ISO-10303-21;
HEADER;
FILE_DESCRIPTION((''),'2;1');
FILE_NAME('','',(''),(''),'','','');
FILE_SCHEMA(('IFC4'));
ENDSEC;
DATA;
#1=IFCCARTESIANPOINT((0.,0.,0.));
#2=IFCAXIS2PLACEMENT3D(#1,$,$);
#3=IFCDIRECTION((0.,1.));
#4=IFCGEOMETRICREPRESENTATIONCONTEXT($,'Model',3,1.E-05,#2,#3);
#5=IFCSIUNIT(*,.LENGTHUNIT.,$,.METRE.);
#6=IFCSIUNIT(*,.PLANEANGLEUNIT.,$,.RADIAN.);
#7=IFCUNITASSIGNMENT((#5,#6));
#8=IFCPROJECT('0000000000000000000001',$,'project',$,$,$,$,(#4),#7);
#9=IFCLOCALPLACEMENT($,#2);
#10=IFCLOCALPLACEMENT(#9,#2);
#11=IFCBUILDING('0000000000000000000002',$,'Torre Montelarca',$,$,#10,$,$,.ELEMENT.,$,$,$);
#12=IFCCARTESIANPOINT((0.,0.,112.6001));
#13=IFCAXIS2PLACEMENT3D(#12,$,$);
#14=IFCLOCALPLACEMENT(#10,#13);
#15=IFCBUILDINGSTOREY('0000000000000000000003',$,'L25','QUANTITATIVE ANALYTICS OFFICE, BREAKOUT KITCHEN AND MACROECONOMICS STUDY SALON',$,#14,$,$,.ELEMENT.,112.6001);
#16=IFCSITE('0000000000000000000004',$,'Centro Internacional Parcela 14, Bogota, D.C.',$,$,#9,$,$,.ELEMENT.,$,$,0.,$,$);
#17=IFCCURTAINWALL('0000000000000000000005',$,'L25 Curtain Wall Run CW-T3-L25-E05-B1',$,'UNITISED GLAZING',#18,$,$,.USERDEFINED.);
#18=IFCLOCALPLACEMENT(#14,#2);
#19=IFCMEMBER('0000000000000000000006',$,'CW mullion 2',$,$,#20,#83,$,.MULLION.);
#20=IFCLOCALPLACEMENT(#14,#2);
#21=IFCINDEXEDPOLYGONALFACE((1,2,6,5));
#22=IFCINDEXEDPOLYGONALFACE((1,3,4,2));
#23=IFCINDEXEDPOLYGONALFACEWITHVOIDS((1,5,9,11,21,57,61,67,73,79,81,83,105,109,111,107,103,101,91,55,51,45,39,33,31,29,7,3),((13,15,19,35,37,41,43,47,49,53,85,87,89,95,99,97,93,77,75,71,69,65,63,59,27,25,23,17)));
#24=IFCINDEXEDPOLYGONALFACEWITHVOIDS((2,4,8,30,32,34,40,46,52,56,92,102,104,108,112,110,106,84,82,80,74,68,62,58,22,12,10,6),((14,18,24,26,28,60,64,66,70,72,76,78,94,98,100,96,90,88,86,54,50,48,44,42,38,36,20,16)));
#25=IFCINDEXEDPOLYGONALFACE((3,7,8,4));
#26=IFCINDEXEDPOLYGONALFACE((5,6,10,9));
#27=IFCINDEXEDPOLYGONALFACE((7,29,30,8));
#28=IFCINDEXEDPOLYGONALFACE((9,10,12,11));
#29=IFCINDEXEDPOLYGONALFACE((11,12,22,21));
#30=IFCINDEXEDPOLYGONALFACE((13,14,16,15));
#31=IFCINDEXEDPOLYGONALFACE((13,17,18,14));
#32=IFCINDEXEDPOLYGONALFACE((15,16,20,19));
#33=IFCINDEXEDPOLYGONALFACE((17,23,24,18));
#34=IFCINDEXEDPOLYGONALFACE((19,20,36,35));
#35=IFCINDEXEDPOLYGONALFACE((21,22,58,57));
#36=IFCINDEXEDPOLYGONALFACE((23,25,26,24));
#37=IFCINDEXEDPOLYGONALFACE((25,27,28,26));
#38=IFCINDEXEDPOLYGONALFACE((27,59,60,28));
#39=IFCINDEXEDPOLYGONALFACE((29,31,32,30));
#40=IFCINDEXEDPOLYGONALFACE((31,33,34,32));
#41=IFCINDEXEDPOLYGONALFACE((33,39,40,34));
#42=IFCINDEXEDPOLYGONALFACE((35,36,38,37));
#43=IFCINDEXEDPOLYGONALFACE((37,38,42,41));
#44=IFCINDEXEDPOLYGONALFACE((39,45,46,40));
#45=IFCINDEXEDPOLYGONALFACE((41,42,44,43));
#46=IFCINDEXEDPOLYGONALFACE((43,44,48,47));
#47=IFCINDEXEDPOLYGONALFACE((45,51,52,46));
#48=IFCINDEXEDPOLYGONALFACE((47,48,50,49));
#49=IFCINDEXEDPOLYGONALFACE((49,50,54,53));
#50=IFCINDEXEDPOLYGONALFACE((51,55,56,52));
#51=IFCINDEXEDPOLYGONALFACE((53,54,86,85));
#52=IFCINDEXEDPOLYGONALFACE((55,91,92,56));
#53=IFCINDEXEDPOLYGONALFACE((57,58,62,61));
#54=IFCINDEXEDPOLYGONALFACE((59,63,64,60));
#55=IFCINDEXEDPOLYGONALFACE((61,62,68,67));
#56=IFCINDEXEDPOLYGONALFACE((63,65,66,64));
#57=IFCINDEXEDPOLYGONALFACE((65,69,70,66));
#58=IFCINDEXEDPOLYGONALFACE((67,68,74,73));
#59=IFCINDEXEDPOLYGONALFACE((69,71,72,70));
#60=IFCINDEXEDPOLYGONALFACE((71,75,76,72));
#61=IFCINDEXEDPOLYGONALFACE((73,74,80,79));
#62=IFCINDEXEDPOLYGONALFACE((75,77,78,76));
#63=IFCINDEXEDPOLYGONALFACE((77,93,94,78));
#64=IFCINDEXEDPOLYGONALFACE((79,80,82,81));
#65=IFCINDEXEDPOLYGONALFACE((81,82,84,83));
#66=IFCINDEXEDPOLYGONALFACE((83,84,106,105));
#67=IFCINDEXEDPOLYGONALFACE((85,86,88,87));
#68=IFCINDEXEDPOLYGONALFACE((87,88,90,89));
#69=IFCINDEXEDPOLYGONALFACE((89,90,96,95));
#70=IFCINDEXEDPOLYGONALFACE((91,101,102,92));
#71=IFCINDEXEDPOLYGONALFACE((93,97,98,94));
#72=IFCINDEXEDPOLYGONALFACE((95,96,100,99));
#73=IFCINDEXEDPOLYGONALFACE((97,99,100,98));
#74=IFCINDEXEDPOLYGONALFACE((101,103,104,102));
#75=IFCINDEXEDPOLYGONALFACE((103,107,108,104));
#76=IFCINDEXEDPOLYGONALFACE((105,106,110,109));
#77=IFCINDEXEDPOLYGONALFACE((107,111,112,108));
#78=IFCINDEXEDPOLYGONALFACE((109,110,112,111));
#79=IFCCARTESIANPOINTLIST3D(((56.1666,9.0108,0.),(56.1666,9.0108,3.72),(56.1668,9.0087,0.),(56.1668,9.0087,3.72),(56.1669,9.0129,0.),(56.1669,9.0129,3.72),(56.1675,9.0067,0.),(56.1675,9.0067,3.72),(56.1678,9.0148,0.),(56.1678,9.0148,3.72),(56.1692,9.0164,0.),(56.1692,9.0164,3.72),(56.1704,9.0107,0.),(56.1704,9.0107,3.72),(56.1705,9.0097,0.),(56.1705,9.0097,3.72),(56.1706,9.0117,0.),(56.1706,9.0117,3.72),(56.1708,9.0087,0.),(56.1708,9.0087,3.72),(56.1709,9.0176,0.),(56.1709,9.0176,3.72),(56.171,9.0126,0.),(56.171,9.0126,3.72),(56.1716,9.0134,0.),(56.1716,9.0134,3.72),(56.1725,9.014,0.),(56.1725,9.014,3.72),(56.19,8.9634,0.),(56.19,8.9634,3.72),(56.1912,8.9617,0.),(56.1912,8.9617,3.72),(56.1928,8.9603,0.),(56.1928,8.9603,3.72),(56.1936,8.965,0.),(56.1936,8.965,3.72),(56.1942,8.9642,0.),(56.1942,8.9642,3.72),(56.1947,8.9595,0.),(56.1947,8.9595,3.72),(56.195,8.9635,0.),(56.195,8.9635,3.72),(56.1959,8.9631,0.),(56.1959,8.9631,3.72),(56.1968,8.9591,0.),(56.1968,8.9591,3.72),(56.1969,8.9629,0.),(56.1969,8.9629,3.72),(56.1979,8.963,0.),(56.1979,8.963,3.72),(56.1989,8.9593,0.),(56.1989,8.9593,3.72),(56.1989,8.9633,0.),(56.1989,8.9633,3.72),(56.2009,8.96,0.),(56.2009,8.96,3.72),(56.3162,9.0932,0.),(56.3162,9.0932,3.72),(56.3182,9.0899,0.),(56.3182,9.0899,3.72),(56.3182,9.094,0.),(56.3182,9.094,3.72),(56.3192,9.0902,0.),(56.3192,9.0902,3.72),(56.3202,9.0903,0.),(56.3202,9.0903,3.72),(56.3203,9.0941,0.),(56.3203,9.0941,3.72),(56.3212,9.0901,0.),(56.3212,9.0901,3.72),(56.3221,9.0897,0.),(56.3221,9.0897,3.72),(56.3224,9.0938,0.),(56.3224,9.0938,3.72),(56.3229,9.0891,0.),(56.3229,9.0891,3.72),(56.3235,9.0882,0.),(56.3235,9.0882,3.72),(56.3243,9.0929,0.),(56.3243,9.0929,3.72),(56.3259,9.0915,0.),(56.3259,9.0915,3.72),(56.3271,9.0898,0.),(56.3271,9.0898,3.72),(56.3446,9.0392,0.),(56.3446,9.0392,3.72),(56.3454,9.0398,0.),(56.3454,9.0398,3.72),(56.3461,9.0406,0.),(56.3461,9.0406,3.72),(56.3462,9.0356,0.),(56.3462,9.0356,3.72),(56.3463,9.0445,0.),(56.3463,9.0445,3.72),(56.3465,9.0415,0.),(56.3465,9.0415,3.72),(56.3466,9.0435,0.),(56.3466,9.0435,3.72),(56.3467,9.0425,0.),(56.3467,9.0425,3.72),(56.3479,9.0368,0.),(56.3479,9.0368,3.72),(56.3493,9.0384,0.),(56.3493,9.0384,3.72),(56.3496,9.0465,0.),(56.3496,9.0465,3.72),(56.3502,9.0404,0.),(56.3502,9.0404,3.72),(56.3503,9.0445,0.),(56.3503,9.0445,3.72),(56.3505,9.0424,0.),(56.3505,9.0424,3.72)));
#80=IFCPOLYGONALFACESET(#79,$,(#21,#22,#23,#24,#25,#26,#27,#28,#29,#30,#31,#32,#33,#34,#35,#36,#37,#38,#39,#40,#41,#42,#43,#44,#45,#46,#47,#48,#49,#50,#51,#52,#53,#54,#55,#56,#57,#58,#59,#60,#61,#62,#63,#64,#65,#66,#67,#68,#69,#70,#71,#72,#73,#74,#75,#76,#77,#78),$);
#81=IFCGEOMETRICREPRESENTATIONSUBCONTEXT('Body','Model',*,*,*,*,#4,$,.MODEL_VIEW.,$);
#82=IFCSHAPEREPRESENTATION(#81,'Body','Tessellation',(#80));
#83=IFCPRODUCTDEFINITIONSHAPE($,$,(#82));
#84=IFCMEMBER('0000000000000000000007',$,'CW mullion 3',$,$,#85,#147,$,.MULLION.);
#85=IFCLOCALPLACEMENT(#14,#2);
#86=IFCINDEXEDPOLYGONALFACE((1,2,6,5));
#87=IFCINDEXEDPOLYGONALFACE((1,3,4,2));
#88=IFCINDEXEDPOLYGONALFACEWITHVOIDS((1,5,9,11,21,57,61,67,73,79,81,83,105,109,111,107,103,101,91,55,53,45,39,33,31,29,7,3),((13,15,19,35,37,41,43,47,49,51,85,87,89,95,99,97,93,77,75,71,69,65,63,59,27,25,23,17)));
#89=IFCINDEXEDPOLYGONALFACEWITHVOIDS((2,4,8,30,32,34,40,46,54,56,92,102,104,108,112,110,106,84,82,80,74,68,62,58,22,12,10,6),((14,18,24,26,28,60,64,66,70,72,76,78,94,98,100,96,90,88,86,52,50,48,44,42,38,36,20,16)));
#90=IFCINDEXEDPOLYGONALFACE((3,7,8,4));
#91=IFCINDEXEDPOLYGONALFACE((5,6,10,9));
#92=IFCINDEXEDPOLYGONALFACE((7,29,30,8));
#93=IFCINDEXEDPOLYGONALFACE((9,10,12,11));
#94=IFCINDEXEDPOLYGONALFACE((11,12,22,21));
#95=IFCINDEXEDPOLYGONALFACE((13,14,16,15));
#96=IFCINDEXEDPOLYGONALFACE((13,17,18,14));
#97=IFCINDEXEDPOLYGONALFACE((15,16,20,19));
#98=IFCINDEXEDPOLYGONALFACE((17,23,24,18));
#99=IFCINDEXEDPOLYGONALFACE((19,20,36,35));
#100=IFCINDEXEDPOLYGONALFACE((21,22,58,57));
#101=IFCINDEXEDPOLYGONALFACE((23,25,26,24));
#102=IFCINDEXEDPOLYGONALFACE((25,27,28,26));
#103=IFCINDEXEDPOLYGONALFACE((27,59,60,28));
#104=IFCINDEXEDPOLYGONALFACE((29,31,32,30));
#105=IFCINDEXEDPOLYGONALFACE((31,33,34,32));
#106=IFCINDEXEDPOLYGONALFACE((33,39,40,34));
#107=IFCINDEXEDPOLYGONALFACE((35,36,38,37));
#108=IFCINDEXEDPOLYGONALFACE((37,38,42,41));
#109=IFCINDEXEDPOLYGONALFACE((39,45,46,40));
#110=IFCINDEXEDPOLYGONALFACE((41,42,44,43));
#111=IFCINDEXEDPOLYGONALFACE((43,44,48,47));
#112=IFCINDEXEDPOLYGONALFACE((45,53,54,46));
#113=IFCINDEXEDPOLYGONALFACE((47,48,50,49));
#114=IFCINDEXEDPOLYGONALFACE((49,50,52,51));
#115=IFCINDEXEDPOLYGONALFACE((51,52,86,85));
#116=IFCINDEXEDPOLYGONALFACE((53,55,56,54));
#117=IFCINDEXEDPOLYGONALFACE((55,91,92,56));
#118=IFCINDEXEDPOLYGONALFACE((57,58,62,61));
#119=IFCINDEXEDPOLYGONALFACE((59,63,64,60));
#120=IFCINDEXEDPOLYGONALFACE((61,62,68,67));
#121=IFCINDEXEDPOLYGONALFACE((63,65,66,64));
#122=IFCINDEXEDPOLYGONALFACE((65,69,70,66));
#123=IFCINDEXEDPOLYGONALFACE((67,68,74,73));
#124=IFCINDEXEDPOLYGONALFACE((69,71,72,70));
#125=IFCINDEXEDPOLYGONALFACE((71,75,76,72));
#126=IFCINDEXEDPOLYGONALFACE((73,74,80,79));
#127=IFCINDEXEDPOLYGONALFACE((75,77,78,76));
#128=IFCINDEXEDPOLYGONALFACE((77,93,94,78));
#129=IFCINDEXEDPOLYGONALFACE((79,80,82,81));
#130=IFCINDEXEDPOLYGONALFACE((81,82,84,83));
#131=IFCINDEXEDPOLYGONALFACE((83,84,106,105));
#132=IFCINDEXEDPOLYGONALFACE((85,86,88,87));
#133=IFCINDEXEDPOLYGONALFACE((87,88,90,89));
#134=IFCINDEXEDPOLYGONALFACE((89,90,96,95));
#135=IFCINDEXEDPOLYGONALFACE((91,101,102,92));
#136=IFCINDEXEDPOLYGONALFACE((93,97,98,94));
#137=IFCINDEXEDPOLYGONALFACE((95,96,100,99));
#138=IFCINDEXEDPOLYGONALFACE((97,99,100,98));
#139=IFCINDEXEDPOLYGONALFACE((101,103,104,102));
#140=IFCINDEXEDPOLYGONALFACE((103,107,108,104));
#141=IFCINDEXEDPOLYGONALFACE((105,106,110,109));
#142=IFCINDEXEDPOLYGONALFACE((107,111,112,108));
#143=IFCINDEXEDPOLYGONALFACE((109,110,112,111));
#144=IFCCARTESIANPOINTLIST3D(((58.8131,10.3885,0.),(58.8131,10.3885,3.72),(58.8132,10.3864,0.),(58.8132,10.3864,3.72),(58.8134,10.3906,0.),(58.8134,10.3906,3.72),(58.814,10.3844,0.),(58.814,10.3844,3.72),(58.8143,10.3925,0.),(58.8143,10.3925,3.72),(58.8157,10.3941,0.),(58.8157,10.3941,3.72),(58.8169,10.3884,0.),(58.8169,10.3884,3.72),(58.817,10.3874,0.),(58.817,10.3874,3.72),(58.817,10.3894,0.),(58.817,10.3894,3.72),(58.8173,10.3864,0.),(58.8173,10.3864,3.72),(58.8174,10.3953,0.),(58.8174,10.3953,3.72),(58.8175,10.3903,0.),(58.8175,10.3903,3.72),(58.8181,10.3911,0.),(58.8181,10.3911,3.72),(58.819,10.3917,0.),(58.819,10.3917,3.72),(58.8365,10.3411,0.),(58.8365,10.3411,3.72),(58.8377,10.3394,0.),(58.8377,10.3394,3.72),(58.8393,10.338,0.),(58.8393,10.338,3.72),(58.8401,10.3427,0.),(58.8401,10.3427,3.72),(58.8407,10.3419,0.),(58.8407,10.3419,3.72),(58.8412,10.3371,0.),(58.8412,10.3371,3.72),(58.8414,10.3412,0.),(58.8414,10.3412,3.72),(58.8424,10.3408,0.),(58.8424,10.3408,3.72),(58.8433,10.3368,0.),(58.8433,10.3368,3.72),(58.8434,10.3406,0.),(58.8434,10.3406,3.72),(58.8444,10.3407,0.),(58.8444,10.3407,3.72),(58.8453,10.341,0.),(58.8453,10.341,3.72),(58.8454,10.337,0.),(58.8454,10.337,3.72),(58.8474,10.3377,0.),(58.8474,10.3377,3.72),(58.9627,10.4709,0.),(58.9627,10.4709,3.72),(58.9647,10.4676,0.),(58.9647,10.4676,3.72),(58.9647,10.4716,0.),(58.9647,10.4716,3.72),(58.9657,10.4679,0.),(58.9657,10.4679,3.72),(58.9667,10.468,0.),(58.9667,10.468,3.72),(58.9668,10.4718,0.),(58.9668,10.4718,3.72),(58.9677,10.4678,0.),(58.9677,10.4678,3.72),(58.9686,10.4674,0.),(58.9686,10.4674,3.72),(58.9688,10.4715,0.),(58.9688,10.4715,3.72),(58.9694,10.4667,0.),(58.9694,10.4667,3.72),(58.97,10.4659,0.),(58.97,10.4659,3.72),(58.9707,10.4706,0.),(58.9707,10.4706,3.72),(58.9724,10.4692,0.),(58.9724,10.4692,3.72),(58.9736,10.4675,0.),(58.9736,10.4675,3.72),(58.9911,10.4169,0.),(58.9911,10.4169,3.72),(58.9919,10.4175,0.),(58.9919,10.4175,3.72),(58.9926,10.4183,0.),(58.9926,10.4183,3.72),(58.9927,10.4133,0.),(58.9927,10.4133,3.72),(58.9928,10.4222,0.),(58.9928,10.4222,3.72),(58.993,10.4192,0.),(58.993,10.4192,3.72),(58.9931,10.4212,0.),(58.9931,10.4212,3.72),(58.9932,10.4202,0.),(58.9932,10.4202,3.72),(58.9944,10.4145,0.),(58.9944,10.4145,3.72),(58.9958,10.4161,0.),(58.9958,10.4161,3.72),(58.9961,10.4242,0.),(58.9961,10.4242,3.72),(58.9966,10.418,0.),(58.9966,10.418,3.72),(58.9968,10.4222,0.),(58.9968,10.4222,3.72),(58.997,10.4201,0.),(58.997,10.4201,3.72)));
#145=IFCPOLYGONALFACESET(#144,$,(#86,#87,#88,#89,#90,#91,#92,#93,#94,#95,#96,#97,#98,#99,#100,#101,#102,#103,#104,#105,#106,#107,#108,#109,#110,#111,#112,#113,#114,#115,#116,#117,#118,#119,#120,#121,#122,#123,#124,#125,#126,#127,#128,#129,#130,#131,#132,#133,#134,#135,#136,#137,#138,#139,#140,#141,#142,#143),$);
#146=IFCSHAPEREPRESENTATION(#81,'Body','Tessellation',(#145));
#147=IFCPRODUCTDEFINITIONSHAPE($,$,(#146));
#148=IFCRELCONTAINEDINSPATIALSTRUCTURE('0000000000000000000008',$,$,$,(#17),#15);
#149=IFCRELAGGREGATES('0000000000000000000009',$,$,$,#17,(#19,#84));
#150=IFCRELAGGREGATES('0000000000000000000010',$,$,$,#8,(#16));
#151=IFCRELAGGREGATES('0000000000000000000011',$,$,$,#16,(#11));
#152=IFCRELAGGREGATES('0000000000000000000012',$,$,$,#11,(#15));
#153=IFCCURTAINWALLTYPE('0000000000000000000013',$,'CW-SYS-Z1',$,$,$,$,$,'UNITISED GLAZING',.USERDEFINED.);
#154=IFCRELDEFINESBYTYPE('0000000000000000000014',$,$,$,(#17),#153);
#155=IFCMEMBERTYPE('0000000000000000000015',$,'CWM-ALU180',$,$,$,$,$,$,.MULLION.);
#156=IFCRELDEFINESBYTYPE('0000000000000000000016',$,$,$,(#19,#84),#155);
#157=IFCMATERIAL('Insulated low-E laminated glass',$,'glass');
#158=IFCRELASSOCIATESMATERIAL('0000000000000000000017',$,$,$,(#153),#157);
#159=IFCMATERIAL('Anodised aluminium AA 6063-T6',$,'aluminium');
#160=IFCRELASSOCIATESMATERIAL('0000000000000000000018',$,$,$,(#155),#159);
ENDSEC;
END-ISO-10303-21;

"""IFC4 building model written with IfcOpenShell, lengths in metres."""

from ifc_helpers import new_model, si_unit, direction, frame, origin, origin_2d, place, context, subcontext, project, spatial, hollow_rectangle, extrude, source, transform, mapped, material, material_profile, profile_set, type_object, element, aggregate, save


model = new_model("IFC4")

# Units and contexts
model_context = context("Model", 3, precision=1e-05, world=origin(), true_north=direction((0.0, 1.0)))
body_context = subcontext(model_context, "Body", "Model", "MODEL_VIEW")
ifc_project = project(units=[si_unit("LENGTHUNIT", "METRE"), si_unit("PLANEANGLEUNIT", "RADIAN")], contexts=[model_context])

# Site, building, storey
site_placement = place(None, origin())
site = spatial("IfcSite", under=ifc_project, at=site_placement, Name="Centro Internacional Parcela 14, Bogota, D.C.", CompositionType="ELEMENT", RefElevation=0.0)
building_placement = place(site_placement, origin())
building = spatial("IfcBuilding", under=site, at=building_placement, Name="Torre Montelarca", CompositionType="ELEMENT")
storey_placement = place(building_placement, frame((0.0, 0.0, 112.6001)))
storey = spatial("IfcBuildingStorey", under=building, at=storey_placement, Name="L25", Description="QUANTITATIVE ANALYTICS OFFICE, BREAKOUT KITCHEN AND MACROECONOMICS STUDY SALON", CompositionType="ELEMENT", Elevation=112.6001)

# Curtain wall
ifc_material_1 = material(Name="Insulated low-E laminated glass", Category="glass")
curtain_wall_type = type_object("IfcCurtainWallType", Name="CW-SYS-Z1", ElementType="UNITISED GLAZING", PredefinedType="USERDEFINED", material=ifc_material_1)
ifc_material_2 = material(Name="Anodised aluminium AA 6063-T6", Category="aluminium")
curtain_wall_1_placement = place(storey_placement, origin())
curtain_wall_1 = element("IfcCurtainWall", 1, at=curtain_wall_1_placement, inside=storey, type_object=curtain_wall_type, Name="L25 Curtain Wall Run CW-T3-L25-E05-B1", ObjectType="UNITISED GLAZING", PredefinedType="USERDEFINED")

# Members
ifc_material_profile_1 = material_profile(ifc_material_2, hollow_rectangle(XDim=0.0649, YDim=0.1799, WallThickness=0.0039, InnerFilletRadius=0.0039, OuterFilletRadius=0.0081, at=origin_2d()), Name="ALU65X180X4", Category="aluminium")
ifc_profile_set_1 = profile_set([ifc_material_profile_1], Name="Anodised aluminium AA 6063-T6")
member_type_1 = type_object("IfcMemberType", Name="CWM-ALU180", PredefinedType="MULLION", material=ifc_profile_set_1)
shared_shape_1 = source(origin(), body_context, "Body", "SweptSolid", [
    extrude(hollow_rectangle(XDim=0.0649, YDim=0.1799, WallThickness=0.0039, InnerFilletRadius=0.0039, OuterFilletRadius=0.0081, at=origin_2d()), origin(), (0.0, 0.0, 1.0), 3.72),
])
member_1_placement = place(storey_placement, frame((56.2585, 9.0266, 0.0), z_axis=(0.0, 0.0, 1.0), x_axis=(-0.461729, 0.887021, 0.0)))
member_1 = element("IfcMember", 2, at=member_1_placement, type_object=member_type_1, Name="CW mullion 2", PredefinedType="MULLION", context=body_context, shape_type="MappedRepresentation", body=[
    mapped(shared_shape_1, transform((0.0, 0.0, 0.0), scale=1.0)),
])
member_2_placement = place(storey_placement, frame((58.905, 10.4043, 0.0), z_axis=(0.0, 0.0, 1.0), x_axis=(-0.461729, 0.887021, 0.0)))
member_2 = element("IfcMember", 3, at=member_2_placement, type_object=member_type_1, Name="CW mullion 3", PredefinedType="MULLION", context=body_context, shape_type="MappedRepresentation", body=[
    mapped(shared_shape_1, transform((0.0, 0.0, 0.0), scale=1.0)),
])

aggregate(curtain_wall_1, [member_1, member_2])

save(model, "model.ifc")
